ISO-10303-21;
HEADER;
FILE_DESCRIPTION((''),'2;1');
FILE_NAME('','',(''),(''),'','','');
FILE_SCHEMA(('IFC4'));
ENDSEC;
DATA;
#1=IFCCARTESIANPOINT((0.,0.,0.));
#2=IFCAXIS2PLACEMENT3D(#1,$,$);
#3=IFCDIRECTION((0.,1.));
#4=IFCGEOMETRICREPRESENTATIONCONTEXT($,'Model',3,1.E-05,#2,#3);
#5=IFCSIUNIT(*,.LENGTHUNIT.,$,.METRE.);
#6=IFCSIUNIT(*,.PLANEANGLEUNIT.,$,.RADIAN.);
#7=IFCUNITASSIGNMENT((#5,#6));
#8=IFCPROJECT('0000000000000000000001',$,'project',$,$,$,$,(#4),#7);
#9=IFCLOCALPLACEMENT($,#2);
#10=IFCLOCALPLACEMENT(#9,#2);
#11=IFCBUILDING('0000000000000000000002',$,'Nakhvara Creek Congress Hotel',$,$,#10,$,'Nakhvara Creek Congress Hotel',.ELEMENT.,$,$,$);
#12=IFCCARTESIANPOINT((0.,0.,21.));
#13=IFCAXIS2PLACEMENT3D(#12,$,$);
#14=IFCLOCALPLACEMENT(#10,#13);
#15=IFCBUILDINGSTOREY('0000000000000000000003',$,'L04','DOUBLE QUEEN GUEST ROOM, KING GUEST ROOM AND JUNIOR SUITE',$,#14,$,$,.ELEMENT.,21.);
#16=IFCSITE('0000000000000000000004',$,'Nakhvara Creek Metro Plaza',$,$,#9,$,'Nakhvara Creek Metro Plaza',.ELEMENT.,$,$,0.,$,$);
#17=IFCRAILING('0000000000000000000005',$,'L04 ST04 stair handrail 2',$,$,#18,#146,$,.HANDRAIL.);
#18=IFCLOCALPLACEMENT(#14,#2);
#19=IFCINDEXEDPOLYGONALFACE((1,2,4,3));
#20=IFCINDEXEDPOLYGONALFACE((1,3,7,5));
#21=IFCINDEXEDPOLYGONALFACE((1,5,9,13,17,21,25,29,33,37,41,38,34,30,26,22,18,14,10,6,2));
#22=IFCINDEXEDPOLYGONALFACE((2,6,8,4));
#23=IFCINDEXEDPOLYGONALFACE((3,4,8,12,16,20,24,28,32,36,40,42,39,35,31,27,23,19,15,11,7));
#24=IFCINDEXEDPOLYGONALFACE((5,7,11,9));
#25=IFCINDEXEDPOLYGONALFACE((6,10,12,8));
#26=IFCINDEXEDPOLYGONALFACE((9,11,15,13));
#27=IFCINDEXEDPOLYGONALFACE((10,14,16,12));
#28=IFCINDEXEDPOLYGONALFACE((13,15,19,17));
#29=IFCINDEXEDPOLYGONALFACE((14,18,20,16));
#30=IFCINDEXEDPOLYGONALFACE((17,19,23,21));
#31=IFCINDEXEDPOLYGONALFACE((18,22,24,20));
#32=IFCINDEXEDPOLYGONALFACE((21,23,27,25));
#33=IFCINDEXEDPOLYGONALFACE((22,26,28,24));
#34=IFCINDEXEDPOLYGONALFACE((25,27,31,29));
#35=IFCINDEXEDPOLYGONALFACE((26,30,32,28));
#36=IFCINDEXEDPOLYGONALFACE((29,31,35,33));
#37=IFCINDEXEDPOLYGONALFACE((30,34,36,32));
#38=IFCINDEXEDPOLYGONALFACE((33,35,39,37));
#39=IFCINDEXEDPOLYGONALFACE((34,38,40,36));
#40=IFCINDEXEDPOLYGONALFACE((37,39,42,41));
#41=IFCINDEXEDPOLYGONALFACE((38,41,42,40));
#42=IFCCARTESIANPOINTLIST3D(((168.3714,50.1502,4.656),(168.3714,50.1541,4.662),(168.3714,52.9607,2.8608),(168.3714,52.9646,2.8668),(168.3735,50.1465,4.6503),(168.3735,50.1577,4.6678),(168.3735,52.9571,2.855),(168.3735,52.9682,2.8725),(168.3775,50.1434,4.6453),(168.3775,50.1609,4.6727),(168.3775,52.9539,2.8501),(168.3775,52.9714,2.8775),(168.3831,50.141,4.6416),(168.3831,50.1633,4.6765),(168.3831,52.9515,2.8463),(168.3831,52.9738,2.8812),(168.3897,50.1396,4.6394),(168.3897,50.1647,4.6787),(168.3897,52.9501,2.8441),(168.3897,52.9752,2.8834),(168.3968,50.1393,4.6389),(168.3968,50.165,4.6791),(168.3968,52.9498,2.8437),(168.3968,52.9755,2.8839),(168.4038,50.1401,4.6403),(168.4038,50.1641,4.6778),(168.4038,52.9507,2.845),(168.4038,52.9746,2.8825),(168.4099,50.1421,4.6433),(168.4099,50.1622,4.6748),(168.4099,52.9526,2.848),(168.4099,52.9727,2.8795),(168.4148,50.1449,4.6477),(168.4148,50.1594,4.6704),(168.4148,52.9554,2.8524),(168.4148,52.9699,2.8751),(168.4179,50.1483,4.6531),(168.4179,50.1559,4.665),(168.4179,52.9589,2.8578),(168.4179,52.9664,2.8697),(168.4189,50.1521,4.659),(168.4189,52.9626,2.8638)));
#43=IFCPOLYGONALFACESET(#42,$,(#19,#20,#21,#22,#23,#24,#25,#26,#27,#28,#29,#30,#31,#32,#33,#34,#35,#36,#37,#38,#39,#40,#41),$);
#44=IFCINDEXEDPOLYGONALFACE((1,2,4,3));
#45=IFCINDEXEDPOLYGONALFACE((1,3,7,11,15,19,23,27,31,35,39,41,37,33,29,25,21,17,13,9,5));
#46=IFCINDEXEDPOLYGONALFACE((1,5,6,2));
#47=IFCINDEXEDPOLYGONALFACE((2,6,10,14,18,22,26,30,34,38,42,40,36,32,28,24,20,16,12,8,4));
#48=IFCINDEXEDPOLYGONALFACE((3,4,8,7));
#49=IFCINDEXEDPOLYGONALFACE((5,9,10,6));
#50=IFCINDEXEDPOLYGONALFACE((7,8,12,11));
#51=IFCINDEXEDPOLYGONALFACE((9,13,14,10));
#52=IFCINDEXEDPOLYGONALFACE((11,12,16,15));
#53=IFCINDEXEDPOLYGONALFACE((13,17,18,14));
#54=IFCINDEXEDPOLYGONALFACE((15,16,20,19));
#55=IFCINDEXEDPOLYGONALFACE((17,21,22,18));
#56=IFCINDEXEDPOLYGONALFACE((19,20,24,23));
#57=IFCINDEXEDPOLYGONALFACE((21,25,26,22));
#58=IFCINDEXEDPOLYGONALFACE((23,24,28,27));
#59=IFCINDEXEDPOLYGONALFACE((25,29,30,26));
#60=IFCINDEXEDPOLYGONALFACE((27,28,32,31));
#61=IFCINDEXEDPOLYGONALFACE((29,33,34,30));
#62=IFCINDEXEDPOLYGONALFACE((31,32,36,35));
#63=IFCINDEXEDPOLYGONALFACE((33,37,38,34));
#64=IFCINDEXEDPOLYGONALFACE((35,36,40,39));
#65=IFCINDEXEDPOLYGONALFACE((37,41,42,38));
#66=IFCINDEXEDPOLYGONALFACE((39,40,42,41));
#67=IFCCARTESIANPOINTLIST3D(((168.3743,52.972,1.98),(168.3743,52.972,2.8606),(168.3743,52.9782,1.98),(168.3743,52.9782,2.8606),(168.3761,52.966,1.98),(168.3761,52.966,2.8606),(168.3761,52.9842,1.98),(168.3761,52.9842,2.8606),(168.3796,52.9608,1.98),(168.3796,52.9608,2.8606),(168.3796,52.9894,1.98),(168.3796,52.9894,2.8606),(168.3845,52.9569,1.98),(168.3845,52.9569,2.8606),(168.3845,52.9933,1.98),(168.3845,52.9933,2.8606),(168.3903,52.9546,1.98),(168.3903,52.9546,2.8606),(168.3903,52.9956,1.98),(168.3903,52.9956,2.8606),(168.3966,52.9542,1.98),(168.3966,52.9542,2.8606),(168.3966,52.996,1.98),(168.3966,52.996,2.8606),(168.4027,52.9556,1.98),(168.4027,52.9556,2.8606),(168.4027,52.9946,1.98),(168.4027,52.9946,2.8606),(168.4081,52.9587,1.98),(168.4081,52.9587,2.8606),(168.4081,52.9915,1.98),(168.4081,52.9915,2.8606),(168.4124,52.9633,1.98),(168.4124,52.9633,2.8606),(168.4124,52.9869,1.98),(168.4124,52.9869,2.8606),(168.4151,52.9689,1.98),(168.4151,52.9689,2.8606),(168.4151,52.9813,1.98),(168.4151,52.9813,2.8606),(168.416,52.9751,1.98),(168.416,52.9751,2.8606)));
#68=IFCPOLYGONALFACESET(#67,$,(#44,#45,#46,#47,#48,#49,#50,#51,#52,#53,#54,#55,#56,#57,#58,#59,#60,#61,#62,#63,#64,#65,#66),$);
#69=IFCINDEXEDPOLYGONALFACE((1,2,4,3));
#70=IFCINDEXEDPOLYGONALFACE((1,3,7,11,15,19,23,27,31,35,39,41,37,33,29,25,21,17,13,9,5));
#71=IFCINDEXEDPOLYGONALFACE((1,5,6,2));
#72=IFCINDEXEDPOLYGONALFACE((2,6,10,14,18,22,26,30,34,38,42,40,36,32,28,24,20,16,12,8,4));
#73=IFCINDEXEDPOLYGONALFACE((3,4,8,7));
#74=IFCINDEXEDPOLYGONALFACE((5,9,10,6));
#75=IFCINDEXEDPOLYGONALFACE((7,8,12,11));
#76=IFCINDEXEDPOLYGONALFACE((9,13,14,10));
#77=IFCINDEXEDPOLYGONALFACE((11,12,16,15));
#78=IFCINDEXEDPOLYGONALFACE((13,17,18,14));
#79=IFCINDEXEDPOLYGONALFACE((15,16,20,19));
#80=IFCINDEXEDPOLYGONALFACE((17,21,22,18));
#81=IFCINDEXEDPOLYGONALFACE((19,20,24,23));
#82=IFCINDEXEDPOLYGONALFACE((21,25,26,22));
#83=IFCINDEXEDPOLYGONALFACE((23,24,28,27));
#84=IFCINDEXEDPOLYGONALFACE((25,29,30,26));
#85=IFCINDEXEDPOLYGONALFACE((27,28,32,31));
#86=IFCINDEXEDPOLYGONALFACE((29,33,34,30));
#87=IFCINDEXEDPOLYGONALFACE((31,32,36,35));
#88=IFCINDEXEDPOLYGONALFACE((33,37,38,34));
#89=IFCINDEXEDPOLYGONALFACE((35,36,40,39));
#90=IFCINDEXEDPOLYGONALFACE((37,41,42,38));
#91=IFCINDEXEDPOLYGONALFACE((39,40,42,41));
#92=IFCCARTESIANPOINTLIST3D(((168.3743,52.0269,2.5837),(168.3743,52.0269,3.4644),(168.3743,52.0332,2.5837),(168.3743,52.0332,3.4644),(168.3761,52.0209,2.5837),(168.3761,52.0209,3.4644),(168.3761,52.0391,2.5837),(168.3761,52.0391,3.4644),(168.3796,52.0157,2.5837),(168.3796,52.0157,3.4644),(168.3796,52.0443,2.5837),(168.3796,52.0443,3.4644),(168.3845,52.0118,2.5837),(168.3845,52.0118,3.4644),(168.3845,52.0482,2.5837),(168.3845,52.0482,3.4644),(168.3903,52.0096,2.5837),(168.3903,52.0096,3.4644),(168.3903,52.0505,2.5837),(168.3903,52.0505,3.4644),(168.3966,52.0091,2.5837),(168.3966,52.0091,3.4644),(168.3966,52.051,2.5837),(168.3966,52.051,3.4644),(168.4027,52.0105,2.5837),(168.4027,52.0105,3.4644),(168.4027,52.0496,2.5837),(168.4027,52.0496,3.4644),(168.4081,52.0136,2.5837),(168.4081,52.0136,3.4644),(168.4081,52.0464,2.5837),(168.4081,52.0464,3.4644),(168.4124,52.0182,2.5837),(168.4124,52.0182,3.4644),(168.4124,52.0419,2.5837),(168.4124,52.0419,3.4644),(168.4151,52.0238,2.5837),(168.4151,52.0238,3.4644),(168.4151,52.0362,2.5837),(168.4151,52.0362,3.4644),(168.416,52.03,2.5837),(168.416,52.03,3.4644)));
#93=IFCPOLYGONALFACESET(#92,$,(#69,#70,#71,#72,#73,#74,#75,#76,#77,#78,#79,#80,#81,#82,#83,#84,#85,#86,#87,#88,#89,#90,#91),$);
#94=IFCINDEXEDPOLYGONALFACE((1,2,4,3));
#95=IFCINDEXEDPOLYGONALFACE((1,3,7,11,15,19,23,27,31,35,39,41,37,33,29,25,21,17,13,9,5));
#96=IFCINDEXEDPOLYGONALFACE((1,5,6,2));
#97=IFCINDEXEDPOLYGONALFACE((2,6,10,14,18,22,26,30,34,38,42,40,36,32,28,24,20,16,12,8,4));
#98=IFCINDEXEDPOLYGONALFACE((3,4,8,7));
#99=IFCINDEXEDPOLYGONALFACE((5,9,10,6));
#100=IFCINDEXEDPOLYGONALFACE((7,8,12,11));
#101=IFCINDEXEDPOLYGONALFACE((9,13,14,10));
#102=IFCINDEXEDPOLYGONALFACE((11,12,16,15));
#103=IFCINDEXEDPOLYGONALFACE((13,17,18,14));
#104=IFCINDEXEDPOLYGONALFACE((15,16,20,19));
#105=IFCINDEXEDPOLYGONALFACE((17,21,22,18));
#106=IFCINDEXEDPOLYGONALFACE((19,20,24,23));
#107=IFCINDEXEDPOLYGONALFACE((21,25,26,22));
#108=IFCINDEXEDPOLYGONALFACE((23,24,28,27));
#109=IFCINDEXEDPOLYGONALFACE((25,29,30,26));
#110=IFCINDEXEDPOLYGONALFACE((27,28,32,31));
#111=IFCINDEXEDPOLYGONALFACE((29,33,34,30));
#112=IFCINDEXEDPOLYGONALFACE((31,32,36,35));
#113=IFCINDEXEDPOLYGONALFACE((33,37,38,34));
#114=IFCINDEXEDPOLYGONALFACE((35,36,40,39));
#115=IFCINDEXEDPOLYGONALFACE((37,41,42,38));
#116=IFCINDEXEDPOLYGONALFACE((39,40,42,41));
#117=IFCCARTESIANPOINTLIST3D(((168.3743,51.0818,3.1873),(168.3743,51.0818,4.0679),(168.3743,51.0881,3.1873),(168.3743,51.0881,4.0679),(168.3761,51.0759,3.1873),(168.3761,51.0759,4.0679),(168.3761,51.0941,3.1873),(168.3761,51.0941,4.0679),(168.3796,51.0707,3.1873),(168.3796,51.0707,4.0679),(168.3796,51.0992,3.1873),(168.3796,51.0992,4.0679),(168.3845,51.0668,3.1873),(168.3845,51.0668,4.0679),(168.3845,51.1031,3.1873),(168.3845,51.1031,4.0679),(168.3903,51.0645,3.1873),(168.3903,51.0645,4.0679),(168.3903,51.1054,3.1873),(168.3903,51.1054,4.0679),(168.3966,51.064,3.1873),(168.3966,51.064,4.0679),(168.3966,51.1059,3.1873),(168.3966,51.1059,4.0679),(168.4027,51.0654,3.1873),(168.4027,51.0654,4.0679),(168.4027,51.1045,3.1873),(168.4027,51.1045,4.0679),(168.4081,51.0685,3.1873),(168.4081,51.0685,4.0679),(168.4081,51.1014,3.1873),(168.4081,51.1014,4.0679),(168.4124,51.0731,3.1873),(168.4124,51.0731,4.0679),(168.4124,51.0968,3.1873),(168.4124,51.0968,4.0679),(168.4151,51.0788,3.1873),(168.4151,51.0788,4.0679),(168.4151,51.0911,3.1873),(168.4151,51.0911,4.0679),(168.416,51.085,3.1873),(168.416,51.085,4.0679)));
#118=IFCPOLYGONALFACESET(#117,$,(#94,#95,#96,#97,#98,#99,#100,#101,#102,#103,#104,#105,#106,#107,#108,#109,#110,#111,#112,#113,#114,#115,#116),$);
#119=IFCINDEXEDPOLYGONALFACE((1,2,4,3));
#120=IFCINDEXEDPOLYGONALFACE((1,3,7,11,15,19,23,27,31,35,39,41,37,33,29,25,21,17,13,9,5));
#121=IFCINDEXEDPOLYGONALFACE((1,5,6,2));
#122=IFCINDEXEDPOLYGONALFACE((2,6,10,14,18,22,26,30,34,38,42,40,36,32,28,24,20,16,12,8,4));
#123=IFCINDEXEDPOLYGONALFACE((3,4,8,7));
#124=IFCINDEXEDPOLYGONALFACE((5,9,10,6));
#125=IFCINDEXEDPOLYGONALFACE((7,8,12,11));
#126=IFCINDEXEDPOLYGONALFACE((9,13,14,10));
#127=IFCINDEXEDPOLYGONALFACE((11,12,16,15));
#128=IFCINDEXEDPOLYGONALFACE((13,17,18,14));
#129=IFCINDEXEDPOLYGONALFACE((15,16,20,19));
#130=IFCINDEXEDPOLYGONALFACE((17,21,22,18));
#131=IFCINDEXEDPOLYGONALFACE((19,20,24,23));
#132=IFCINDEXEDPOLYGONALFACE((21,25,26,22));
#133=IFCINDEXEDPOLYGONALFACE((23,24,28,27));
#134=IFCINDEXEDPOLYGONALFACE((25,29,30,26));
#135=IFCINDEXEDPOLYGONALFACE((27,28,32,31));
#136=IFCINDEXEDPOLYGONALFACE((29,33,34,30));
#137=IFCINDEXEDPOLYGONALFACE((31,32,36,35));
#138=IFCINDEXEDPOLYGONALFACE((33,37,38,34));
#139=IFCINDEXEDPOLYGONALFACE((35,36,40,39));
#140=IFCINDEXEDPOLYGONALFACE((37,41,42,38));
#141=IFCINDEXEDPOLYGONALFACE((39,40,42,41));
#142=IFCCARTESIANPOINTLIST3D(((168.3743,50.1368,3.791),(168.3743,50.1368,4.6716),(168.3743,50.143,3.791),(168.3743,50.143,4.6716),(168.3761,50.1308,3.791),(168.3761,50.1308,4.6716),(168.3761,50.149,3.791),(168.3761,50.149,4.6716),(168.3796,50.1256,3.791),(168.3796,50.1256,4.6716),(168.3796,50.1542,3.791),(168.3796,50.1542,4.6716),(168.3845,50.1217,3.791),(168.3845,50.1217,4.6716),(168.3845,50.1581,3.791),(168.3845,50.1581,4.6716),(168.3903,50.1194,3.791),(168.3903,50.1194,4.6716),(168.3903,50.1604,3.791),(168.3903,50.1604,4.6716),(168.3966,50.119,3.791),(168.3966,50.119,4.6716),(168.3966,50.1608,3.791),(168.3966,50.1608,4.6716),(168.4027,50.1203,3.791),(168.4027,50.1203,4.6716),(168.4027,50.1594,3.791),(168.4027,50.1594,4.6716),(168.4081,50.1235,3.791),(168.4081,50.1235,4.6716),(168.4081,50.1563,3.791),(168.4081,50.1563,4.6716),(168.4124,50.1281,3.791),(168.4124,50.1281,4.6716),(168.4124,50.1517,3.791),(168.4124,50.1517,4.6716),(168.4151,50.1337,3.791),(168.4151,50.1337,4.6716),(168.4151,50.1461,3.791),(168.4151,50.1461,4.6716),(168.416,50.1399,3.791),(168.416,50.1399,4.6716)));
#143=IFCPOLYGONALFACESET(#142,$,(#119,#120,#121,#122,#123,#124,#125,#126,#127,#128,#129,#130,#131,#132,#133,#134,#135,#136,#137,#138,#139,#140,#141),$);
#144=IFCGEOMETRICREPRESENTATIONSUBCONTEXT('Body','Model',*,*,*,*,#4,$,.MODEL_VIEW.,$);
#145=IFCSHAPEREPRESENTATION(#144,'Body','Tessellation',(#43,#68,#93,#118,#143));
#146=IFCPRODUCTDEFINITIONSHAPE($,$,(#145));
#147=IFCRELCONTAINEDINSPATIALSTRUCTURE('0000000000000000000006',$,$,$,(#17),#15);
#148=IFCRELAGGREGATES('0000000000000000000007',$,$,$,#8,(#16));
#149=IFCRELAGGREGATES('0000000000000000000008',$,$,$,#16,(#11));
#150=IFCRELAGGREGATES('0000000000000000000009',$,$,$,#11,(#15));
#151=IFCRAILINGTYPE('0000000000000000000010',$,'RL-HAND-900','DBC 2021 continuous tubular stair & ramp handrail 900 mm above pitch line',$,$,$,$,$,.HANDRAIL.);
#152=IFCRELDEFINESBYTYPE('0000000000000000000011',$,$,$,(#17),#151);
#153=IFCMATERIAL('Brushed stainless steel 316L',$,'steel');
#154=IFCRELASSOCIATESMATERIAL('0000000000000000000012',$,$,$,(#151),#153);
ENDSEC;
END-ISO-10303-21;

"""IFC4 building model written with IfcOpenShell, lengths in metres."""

from ifc_helpers import new_model, si_unit, direction, frame, origin, origin_2d, place, context, subcontext, project, spatial, circle, extrude, material, type_object, element, save


model = new_model("IFC4")

# Units and contexts
model_context = context("Model", 3, precision=1e-05, world=origin(), true_north=direction((0.0, 1.0)))
body_context = subcontext(model_context, "Body", "Model", "MODEL_VIEW")
ifc_project = project(units=[si_unit("LENGTHUNIT", "METRE"), si_unit("PLANEANGLEUNIT", "RADIAN")], contexts=[model_context])

# Site, building, storey
site_placement = place(None, origin())
site = spatial("IfcSite", under=ifc_project, at=site_placement, Name="Nakhvara Creek Metro Plaza", LongName="Nakhvara Creek Metro Plaza", CompositionType="ELEMENT", RefElevation=0.0)
building_placement = place(site_placement, origin())
building = spatial("IfcBuilding", under=site, at=building_placement, Name="Nakhvara Creek Congress Hotel", LongName="Nakhvara Creek Congress Hotel", CompositionType="ELEMENT")
storey_placement = place(building_placement, frame((0.0, 0.0, 21.0)))
storey = spatial("IfcBuildingStorey", under=building, at=storey_placement, Name="L04", Description="DOUBLE QUEEN GUEST ROOM, KING GUEST ROOM AND JUNIOR SUITE", CompositionType="ELEMENT", Elevation=21.0)

# Railing
ifc_material_1 = material(Name="Brushed stainless steel 316L", Category="steel")
railing_type_1 = type_object("IfcRailingType", Name="RL-HAND-900", Description="DBC 2021 continuous tubular stair & ramp handrail 900 mm above pitch line", PredefinedType="HANDRAIL", material=ifc_material_1)
railing_1_placement = place(storey_placement, frame((168.395, 52.9751, 1.98)))
element("IfcRailing", 1, at=railing_1_placement, inside=storey, type_object=railing_type_1, Name="L04 ST04 stair handrail 2", PredefinedType="HANDRAIL", context=body_context, shape_type="SweptSolid", body=[
    extrude(circle(Radius=0.0239, at=origin_2d()), frame((0.0, -0.0125, 0.8838), z_axis=(0.0, -0.842743, 0.538316), x_axis=(1.0, 0.0, 0.0)), (0.0, 0.0, 1.0), 3.335),
    extrude(circle(Radius=0.021, at=origin_2d()), origin(), (0.0, 0.0, 1.0), 0.8806),
    extrude(circle(Radius=0.021, at=origin_2d()), frame((0.0, -0.9451, 0.6038)), (0.0, 0.0, 1.0), 0.8806),
    extrude(circle(Radius=0.021, at=origin_2d()), frame((0.0, -1.8901, 1.2073)), (0.0, 0.0, 1.0), 0.8806),
    extrude(circle(Radius=0.021, at=origin_2d()), frame((0.0, -2.8352, 1.811)), (0.0, 0.0, 1.0), 0.8806),
])

save(model, "model.ifc")
